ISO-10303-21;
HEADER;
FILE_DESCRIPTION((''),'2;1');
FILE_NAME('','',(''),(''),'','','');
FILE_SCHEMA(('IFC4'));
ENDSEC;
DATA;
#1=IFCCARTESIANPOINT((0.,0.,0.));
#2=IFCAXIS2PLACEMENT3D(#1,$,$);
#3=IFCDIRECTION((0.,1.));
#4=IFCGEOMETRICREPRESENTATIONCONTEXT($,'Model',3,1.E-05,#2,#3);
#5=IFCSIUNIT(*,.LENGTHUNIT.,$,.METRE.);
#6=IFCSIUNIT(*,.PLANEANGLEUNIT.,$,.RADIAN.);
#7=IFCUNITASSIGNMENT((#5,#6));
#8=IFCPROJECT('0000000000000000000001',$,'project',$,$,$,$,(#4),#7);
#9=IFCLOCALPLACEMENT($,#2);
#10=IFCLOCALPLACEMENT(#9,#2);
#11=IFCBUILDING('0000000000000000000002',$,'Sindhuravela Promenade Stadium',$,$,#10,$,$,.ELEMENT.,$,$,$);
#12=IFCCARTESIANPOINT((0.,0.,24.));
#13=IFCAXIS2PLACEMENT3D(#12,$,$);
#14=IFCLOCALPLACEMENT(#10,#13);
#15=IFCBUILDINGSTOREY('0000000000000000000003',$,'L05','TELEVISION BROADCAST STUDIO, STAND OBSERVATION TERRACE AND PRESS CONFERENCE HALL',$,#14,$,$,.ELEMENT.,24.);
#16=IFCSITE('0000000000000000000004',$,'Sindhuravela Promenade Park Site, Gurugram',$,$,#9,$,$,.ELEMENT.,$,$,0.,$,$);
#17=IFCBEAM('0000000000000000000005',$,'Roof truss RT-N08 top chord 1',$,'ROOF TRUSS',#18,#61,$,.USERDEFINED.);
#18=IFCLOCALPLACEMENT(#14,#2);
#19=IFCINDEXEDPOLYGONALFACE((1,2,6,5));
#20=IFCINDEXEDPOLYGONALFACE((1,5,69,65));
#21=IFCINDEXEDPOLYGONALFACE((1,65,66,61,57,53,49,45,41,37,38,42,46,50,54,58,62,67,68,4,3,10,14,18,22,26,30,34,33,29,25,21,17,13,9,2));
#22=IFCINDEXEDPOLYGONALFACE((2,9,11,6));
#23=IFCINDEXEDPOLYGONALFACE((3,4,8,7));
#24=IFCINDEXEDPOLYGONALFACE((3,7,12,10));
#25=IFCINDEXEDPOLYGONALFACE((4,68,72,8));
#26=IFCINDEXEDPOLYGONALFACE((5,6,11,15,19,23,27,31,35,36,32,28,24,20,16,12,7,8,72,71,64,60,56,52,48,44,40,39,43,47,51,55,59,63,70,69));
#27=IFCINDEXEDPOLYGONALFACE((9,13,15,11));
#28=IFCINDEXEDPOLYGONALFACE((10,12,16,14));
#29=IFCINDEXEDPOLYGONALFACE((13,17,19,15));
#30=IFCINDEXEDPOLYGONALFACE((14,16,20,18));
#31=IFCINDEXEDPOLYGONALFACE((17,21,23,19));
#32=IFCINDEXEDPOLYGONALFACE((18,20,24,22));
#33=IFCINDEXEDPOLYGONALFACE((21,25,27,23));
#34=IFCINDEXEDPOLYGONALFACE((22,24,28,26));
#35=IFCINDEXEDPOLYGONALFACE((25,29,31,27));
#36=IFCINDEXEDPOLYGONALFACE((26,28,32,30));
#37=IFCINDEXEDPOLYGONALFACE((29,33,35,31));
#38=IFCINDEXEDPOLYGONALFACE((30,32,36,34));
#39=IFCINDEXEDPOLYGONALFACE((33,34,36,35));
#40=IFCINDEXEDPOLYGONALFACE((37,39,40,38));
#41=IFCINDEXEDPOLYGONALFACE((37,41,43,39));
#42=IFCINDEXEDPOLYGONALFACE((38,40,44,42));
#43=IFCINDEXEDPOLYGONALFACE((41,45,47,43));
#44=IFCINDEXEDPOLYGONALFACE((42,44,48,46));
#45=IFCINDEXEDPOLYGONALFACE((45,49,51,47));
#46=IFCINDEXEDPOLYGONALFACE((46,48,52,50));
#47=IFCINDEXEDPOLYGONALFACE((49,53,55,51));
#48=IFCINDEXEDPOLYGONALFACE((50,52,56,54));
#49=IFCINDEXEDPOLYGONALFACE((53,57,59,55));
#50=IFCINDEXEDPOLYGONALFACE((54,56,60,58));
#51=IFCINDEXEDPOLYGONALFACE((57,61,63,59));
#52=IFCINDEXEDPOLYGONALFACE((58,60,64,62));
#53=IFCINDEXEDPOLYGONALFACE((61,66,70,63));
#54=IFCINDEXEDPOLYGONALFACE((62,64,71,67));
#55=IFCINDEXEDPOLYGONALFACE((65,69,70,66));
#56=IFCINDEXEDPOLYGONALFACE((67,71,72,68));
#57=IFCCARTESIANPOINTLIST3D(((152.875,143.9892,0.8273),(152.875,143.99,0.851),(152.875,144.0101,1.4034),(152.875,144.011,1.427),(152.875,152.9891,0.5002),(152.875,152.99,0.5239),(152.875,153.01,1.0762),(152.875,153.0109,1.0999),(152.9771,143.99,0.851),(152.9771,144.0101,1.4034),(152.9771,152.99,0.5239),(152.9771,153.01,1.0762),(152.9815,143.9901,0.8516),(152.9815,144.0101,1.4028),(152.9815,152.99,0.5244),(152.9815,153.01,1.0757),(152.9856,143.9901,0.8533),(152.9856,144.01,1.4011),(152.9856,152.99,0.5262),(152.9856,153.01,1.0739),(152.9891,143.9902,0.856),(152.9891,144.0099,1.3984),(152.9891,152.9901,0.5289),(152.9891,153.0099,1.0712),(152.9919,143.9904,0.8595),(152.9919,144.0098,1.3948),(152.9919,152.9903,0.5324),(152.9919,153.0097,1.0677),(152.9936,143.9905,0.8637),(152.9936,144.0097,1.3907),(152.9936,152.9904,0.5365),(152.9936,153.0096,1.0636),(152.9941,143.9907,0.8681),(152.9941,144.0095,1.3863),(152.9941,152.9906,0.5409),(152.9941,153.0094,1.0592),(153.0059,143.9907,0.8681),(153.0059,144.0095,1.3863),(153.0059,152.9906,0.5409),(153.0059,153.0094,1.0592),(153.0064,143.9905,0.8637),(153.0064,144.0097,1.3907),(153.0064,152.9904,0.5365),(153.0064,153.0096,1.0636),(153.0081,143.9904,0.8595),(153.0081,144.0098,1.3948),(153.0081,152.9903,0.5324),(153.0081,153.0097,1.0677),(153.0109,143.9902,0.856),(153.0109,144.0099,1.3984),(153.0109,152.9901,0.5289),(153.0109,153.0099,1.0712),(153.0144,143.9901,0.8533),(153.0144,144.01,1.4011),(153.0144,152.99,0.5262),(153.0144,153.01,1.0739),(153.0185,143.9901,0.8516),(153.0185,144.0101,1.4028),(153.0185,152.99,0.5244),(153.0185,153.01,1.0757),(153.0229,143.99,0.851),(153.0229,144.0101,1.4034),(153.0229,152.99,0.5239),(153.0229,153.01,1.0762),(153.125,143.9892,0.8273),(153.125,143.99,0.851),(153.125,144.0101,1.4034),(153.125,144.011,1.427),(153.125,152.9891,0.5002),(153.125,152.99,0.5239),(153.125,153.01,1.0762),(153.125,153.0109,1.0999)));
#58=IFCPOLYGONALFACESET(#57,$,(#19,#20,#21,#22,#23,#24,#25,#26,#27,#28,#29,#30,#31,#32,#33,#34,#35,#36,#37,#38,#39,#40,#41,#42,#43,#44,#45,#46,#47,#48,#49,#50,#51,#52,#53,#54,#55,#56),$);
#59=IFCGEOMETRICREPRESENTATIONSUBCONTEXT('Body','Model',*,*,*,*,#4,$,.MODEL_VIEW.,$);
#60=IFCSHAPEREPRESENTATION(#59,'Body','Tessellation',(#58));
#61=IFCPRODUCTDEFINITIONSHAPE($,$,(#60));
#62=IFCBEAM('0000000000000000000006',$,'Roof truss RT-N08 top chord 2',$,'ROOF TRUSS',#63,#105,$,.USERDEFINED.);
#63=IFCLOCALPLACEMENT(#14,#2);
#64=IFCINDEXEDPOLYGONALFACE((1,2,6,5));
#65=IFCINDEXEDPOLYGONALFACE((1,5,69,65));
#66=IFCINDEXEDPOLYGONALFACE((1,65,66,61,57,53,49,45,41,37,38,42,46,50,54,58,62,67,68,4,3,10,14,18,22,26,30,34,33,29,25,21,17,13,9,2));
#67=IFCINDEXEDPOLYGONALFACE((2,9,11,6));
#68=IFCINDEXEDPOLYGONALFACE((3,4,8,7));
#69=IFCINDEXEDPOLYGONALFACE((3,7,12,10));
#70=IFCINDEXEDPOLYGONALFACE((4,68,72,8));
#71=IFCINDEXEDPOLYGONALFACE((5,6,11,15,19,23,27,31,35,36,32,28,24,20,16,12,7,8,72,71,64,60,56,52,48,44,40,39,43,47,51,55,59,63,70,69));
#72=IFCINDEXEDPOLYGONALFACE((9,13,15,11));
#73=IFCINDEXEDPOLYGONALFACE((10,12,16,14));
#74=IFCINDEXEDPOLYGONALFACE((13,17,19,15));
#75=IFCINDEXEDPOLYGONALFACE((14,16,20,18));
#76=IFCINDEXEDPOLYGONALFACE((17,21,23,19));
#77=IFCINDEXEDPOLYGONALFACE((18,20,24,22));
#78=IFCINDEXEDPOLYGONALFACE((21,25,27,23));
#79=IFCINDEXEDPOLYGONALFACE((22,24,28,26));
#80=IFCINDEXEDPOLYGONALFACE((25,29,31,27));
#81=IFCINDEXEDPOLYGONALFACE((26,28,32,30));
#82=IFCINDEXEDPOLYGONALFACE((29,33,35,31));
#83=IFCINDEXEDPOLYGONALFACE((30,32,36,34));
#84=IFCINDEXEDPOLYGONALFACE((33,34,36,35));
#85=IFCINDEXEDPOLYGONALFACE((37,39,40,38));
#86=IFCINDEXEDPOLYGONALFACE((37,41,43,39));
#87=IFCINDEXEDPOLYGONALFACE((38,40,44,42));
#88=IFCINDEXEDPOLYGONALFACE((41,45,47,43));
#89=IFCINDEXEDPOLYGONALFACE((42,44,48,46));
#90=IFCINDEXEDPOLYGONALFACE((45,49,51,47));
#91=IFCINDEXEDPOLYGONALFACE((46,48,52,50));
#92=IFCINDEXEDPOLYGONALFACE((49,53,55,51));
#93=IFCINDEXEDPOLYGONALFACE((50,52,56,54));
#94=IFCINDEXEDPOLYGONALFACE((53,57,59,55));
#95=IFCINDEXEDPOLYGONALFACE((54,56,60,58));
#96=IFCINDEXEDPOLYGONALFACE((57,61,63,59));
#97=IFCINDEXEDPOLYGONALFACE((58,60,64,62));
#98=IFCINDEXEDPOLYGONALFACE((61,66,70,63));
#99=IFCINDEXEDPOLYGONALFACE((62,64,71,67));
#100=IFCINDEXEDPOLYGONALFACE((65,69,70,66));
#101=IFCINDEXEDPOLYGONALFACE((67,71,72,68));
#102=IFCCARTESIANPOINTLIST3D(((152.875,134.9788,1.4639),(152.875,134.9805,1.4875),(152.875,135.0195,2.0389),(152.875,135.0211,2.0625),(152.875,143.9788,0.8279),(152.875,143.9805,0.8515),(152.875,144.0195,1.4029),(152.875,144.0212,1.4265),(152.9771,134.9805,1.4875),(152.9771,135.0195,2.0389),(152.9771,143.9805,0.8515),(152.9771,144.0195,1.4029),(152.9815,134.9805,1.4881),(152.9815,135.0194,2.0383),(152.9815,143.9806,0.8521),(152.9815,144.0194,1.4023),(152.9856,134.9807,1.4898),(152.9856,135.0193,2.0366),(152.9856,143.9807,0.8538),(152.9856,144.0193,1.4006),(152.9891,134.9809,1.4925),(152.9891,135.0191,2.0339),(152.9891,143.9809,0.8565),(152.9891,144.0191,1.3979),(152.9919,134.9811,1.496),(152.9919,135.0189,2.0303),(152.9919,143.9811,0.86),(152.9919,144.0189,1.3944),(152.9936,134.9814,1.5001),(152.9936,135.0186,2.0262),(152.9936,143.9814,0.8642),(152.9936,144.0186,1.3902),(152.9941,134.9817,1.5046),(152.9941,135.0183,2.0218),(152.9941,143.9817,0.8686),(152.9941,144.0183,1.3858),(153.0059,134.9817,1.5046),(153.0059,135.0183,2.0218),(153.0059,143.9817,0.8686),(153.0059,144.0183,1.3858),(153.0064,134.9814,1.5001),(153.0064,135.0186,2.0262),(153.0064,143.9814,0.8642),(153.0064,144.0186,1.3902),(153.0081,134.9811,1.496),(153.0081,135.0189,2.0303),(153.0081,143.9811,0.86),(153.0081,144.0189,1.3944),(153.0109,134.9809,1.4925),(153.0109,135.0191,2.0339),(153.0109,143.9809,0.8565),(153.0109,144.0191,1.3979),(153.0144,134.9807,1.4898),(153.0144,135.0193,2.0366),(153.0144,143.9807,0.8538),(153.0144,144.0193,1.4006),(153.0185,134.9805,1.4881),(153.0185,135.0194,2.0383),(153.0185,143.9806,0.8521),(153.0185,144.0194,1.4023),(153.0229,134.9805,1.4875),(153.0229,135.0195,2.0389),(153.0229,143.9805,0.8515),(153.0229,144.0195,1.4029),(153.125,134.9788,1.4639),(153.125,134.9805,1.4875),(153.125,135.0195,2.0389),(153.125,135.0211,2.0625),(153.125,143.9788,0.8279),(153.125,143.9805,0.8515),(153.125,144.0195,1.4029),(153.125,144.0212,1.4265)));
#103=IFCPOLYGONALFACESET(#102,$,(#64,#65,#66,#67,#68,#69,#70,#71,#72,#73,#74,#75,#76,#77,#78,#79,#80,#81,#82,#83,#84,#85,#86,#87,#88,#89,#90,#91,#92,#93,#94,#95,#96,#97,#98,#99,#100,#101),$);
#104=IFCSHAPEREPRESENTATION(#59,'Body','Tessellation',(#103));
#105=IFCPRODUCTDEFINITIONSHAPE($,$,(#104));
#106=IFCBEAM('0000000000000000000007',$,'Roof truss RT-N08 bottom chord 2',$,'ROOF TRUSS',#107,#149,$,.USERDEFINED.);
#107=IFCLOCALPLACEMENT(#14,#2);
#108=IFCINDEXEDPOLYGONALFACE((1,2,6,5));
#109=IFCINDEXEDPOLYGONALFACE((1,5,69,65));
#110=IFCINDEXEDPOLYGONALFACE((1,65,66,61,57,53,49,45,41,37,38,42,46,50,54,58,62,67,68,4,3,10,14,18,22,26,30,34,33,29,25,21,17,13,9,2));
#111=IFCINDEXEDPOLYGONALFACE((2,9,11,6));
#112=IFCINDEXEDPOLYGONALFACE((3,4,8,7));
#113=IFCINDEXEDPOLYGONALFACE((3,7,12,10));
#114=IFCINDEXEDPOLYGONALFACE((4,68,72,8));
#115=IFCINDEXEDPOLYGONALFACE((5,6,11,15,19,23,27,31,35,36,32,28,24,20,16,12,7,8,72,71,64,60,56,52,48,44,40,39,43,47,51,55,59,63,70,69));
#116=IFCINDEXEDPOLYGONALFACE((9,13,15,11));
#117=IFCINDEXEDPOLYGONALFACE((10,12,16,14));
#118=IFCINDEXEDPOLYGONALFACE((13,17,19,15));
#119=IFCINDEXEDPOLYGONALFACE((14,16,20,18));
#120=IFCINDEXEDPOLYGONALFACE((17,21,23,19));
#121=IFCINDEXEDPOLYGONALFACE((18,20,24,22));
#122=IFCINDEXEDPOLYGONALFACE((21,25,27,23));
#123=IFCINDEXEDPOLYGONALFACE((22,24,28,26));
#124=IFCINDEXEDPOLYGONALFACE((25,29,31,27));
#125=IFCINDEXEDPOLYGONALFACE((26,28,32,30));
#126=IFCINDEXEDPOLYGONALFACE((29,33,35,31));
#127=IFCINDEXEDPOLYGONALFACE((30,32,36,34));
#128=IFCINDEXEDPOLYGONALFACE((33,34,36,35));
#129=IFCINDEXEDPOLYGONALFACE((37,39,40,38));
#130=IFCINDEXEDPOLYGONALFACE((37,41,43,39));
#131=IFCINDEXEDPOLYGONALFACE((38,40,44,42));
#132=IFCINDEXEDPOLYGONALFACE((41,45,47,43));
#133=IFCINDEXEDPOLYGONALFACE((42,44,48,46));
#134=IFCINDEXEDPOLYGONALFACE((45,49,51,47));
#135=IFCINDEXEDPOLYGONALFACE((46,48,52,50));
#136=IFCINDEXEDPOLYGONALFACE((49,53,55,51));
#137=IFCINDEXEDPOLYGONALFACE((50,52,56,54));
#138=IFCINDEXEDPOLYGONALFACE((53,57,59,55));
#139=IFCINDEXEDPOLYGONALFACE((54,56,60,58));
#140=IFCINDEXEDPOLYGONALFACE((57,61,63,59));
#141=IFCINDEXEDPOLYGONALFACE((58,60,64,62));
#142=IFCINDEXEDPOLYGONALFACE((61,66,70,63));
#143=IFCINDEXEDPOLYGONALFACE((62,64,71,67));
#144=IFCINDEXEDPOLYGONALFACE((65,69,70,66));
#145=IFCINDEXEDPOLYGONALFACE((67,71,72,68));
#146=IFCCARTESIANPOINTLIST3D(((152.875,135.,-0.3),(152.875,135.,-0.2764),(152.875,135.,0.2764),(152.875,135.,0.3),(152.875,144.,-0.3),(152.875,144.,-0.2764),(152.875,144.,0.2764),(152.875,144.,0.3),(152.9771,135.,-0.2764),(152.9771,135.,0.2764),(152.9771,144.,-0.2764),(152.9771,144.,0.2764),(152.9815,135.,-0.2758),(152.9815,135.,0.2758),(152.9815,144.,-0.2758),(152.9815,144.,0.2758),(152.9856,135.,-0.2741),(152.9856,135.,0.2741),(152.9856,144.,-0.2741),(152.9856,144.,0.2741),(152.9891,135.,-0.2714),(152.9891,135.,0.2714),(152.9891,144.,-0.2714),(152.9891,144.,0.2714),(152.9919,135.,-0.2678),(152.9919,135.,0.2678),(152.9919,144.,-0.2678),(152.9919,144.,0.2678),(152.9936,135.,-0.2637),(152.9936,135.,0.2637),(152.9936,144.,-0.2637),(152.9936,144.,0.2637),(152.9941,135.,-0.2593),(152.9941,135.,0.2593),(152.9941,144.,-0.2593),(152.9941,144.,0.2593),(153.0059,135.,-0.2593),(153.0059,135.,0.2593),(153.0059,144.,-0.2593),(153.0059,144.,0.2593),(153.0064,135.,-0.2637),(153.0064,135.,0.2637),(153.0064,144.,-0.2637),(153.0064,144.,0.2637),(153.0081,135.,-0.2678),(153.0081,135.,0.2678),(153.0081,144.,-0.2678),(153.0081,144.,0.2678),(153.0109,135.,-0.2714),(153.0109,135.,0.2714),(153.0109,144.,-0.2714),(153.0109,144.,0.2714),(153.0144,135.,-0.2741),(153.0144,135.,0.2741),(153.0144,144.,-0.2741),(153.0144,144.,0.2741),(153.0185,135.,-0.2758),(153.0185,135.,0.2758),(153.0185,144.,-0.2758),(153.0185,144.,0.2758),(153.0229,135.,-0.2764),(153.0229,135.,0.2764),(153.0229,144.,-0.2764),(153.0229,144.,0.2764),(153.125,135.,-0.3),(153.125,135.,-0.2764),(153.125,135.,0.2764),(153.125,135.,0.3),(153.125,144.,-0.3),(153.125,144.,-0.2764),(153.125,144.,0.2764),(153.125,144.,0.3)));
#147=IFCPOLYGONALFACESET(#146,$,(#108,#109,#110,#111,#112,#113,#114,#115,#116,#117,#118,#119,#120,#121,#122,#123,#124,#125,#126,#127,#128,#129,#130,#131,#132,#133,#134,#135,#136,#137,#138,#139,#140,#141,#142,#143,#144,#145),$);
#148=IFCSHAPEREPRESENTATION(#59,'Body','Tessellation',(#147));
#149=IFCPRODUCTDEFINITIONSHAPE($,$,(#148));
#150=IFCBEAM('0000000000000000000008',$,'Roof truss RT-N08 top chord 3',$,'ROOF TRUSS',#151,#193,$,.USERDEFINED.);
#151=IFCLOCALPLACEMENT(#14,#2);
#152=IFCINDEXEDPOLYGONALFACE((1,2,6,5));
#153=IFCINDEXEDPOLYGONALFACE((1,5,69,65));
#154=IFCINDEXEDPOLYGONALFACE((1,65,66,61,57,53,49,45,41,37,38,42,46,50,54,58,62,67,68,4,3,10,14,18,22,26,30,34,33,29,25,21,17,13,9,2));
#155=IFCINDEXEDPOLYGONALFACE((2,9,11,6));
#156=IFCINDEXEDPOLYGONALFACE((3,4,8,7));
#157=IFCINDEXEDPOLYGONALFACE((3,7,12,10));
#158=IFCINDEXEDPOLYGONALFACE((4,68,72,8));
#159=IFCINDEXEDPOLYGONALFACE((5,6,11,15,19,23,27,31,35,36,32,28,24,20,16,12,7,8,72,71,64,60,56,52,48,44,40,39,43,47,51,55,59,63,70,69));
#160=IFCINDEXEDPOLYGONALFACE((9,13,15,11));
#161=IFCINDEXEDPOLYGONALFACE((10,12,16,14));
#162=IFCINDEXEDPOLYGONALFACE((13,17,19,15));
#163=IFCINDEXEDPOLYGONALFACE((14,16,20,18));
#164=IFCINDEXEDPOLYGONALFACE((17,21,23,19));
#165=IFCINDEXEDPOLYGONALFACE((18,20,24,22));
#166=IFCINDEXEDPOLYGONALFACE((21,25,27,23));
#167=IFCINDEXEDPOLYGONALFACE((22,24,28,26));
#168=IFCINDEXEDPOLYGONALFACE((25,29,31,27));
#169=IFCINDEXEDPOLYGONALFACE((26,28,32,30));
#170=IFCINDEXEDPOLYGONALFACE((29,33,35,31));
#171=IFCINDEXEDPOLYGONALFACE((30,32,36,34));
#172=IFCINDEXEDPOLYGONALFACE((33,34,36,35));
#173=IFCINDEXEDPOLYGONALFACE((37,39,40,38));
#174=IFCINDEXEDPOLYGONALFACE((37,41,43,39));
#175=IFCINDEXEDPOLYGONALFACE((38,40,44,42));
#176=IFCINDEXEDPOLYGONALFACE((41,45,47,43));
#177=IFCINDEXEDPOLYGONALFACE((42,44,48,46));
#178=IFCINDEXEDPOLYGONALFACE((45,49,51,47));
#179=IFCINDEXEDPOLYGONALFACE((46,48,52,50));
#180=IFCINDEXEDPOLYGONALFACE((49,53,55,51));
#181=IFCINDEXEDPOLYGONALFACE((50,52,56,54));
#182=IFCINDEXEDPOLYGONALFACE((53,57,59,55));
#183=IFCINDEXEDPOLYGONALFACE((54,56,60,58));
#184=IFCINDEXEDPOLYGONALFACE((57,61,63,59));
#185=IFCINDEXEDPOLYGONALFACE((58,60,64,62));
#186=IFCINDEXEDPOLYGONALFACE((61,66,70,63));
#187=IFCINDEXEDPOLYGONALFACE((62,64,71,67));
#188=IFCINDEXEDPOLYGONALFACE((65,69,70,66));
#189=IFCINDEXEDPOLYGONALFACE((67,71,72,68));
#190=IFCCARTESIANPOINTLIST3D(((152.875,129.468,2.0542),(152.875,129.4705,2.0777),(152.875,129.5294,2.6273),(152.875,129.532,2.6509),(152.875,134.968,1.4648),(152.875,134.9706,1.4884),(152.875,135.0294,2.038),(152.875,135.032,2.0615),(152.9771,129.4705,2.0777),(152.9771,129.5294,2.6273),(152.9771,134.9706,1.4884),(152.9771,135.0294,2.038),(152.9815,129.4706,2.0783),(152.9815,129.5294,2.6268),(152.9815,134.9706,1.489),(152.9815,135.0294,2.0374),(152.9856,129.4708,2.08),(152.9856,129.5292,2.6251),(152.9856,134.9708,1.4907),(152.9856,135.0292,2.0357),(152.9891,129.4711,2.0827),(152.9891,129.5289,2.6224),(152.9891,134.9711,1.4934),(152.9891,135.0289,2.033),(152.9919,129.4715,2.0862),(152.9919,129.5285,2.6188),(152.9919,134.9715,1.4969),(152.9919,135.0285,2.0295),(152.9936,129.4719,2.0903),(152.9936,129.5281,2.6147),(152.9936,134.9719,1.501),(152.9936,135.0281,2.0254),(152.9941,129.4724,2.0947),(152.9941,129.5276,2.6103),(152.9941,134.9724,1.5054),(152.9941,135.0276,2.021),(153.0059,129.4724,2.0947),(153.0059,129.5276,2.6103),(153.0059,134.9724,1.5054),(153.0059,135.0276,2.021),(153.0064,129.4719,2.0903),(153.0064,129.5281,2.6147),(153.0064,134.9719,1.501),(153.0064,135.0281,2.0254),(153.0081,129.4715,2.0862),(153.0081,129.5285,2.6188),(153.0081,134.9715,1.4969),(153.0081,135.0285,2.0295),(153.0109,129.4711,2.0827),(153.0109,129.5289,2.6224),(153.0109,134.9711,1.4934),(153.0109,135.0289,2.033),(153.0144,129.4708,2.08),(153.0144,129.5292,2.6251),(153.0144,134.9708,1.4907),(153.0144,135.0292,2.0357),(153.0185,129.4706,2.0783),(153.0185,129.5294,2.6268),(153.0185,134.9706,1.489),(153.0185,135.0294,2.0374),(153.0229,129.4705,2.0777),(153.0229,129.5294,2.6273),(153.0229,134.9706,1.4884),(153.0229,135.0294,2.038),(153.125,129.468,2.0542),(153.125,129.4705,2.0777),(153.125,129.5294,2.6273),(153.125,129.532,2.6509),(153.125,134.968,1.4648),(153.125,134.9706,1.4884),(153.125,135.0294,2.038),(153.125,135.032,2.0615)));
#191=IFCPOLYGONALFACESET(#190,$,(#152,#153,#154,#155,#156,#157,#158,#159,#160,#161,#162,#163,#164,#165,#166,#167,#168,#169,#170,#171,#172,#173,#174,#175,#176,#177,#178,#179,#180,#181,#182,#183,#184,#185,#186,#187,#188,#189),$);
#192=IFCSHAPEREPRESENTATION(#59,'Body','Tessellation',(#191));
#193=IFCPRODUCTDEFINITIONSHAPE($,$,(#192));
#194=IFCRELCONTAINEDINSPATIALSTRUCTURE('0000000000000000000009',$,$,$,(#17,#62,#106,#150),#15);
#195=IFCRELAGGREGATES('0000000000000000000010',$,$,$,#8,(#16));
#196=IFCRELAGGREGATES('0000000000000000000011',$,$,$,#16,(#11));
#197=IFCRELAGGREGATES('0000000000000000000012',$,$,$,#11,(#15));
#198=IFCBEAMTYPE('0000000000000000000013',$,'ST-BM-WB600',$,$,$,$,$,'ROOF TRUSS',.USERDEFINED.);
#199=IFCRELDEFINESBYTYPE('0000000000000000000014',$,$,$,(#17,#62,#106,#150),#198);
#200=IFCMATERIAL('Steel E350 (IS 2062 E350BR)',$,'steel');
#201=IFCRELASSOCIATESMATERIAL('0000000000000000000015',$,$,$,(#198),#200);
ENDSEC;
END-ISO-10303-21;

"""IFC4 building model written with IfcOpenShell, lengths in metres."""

from ifc_helpers import new_model, si_unit, direction, frame, origin, origin_2d, place, context, subcontext, project, spatial, i_section, extrude, material, material_profile, profile_set, type_object, element, save


model = new_model("IFC4")

# Units and contexts
model_context = context("Model", 3, precision=1e-05, world=origin(), true_north=direction((0.0, 1.0)))
body_context = subcontext(model_context, "Body", "Model", "MODEL_VIEW")
ifc_project = project(units=[si_unit("LENGTHUNIT", "METRE"), si_unit("PLANEANGLEUNIT", "RADIAN")], contexts=[model_context])

# Site, building, storey
site_placement = place(None, origin())
site = spatial("IfcSite", under=ifc_project, at=site_placement, Name="Sindhuravela Promenade Park Site, Gurugram", CompositionType="ELEMENT", RefElevation=0.0)
building_placement = place(site_placement, origin())
building = spatial("IfcBuilding", under=site, at=building_placement, Name="Sindhuravela Promenade Stadium", CompositionType="ELEMENT")
storey_placement = place(building_placement, frame((0.0, 0.0, 24.0)))
storey = spatial("IfcBuildingStorey", under=building, at=storey_placement, Name="L05", Description="TELEVISION BROADCAST STUDIO, STAND OBSERVATION TERRACE AND PRESS CONFERENCE HALL", CompositionType="ELEMENT", Elevation=24.0)

# Beams
ifc_material_1 = material(Name="Steel E350 (IS 2062 E350BR)", Category="steel")
ifc_material_profile_1 = material_profile(ifc_material_1, i_section(OverallWidth=0.25, OverallDepth=0.6001, WebThickness=0.0117, FlangeThickness=0.0237, FilletRadius=0.0171, at=origin_2d()), Name="ISWB 600")
ifc_profile_set_1 = profile_set([ifc_material_profile_1], Name="Steel E350 (IS 2062 E350BR)")
beam_type = type_object("IfcBeamType", Name="ST-BM-WB600", ElementType="ROOF TRUSS", PredefinedType="USERDEFINED", material=ifc_profile_set_1)
beam_1_placement = place(storey_placement, frame((153.0, 153.0, 0.8), z_axis=(0.0, -0.99934, 0.036326), x_axis=(1.0, 0.0, 0.0)))
element("IfcBeam", 1, at=beam_1_placement, inside=storey, type_object=beam_type, Name="Roof truss RT-N08 top chord 1", ObjectType="ROOF TRUSS", PredefinedType="USERDEFINED", context=body_context, shape_type="SweptSolid", body=[
    extrude(i_section(OverallWidth=0.25, OverallDepth=0.6001, WebThickness=0.0117, FlangeThickness=0.0237, FilletRadius=0.0171, at=origin_2d()), origin(), (0.0, 0.0, 1.0), 9.0059),
])
beam_2_placement = place(storey_placement, frame((153.0, 144.0, 1.1272), z_axis=(0.0, -0.997513, 0.070489), x_axis=(1.0, 0.0, 0.0)))
element("IfcBeam", 2, at=beam_2_placement, inside=storey, type_object=beam_type, Name="Roof truss RT-N08 top chord 2", ObjectType="ROOF TRUSS", PredefinedType="USERDEFINED", context=body_context, shape_type="SweptSolid", body=[
    extrude(i_section(OverallWidth=0.25, OverallDepth=0.6001, WebThickness=0.0117, FlangeThickness=0.0237, FilletRadius=0.0171, at=origin_2d()), origin(), (0.0, 0.0, 1.0), 9.0225),
])
beam_3_placement = place(storey_placement, frame((153.0, 144.0, 0.0), z_axis=(0.0, -1.0, 0.0), x_axis=(1.0, 0.0, 0.0)))
element("IfcBeam", 3, at=beam_3_placement, inside=storey, type_object=beam_type, Name="Roof truss RT-N08 bottom chord 2", ObjectType="ROOF TRUSS", PredefinedType="USERDEFINED", context=body_context, shape_type="SweptSolid", body=[
    extrude(i_section(OverallWidth=0.25, OverallDepth=0.6001, WebThickness=0.0117, FlangeThickness=0.0237, FilletRadius=0.0171, at=origin_2d()), origin(), (0.0, 0.0, 1.0), 9.0),
])
beam_4_placement = place(storey_placement, frame((153.0, 135.0, 1.7632), z_axis=(0.0, -0.994308, 0.106546), x_axis=(1.0, 0.0, 0.0)))
element("IfcBeam", 4, at=beam_4_placement, inside=storey, type_object=beam_type, Name="Roof truss RT-N08 top chord 3", ObjectType="ROOF TRUSS", PredefinedType="USERDEFINED", context=body_context, shape_type="SweptSolid", body=[
    extrude(i_section(OverallWidth=0.25, OverallDepth=0.6001, WebThickness=0.0117, FlangeThickness=0.0237, FilletRadius=0.0171, at=origin_2d()), origin(), (0.0, 0.0, 1.0), 5.5315),
])

save(model, "model.ifc")
